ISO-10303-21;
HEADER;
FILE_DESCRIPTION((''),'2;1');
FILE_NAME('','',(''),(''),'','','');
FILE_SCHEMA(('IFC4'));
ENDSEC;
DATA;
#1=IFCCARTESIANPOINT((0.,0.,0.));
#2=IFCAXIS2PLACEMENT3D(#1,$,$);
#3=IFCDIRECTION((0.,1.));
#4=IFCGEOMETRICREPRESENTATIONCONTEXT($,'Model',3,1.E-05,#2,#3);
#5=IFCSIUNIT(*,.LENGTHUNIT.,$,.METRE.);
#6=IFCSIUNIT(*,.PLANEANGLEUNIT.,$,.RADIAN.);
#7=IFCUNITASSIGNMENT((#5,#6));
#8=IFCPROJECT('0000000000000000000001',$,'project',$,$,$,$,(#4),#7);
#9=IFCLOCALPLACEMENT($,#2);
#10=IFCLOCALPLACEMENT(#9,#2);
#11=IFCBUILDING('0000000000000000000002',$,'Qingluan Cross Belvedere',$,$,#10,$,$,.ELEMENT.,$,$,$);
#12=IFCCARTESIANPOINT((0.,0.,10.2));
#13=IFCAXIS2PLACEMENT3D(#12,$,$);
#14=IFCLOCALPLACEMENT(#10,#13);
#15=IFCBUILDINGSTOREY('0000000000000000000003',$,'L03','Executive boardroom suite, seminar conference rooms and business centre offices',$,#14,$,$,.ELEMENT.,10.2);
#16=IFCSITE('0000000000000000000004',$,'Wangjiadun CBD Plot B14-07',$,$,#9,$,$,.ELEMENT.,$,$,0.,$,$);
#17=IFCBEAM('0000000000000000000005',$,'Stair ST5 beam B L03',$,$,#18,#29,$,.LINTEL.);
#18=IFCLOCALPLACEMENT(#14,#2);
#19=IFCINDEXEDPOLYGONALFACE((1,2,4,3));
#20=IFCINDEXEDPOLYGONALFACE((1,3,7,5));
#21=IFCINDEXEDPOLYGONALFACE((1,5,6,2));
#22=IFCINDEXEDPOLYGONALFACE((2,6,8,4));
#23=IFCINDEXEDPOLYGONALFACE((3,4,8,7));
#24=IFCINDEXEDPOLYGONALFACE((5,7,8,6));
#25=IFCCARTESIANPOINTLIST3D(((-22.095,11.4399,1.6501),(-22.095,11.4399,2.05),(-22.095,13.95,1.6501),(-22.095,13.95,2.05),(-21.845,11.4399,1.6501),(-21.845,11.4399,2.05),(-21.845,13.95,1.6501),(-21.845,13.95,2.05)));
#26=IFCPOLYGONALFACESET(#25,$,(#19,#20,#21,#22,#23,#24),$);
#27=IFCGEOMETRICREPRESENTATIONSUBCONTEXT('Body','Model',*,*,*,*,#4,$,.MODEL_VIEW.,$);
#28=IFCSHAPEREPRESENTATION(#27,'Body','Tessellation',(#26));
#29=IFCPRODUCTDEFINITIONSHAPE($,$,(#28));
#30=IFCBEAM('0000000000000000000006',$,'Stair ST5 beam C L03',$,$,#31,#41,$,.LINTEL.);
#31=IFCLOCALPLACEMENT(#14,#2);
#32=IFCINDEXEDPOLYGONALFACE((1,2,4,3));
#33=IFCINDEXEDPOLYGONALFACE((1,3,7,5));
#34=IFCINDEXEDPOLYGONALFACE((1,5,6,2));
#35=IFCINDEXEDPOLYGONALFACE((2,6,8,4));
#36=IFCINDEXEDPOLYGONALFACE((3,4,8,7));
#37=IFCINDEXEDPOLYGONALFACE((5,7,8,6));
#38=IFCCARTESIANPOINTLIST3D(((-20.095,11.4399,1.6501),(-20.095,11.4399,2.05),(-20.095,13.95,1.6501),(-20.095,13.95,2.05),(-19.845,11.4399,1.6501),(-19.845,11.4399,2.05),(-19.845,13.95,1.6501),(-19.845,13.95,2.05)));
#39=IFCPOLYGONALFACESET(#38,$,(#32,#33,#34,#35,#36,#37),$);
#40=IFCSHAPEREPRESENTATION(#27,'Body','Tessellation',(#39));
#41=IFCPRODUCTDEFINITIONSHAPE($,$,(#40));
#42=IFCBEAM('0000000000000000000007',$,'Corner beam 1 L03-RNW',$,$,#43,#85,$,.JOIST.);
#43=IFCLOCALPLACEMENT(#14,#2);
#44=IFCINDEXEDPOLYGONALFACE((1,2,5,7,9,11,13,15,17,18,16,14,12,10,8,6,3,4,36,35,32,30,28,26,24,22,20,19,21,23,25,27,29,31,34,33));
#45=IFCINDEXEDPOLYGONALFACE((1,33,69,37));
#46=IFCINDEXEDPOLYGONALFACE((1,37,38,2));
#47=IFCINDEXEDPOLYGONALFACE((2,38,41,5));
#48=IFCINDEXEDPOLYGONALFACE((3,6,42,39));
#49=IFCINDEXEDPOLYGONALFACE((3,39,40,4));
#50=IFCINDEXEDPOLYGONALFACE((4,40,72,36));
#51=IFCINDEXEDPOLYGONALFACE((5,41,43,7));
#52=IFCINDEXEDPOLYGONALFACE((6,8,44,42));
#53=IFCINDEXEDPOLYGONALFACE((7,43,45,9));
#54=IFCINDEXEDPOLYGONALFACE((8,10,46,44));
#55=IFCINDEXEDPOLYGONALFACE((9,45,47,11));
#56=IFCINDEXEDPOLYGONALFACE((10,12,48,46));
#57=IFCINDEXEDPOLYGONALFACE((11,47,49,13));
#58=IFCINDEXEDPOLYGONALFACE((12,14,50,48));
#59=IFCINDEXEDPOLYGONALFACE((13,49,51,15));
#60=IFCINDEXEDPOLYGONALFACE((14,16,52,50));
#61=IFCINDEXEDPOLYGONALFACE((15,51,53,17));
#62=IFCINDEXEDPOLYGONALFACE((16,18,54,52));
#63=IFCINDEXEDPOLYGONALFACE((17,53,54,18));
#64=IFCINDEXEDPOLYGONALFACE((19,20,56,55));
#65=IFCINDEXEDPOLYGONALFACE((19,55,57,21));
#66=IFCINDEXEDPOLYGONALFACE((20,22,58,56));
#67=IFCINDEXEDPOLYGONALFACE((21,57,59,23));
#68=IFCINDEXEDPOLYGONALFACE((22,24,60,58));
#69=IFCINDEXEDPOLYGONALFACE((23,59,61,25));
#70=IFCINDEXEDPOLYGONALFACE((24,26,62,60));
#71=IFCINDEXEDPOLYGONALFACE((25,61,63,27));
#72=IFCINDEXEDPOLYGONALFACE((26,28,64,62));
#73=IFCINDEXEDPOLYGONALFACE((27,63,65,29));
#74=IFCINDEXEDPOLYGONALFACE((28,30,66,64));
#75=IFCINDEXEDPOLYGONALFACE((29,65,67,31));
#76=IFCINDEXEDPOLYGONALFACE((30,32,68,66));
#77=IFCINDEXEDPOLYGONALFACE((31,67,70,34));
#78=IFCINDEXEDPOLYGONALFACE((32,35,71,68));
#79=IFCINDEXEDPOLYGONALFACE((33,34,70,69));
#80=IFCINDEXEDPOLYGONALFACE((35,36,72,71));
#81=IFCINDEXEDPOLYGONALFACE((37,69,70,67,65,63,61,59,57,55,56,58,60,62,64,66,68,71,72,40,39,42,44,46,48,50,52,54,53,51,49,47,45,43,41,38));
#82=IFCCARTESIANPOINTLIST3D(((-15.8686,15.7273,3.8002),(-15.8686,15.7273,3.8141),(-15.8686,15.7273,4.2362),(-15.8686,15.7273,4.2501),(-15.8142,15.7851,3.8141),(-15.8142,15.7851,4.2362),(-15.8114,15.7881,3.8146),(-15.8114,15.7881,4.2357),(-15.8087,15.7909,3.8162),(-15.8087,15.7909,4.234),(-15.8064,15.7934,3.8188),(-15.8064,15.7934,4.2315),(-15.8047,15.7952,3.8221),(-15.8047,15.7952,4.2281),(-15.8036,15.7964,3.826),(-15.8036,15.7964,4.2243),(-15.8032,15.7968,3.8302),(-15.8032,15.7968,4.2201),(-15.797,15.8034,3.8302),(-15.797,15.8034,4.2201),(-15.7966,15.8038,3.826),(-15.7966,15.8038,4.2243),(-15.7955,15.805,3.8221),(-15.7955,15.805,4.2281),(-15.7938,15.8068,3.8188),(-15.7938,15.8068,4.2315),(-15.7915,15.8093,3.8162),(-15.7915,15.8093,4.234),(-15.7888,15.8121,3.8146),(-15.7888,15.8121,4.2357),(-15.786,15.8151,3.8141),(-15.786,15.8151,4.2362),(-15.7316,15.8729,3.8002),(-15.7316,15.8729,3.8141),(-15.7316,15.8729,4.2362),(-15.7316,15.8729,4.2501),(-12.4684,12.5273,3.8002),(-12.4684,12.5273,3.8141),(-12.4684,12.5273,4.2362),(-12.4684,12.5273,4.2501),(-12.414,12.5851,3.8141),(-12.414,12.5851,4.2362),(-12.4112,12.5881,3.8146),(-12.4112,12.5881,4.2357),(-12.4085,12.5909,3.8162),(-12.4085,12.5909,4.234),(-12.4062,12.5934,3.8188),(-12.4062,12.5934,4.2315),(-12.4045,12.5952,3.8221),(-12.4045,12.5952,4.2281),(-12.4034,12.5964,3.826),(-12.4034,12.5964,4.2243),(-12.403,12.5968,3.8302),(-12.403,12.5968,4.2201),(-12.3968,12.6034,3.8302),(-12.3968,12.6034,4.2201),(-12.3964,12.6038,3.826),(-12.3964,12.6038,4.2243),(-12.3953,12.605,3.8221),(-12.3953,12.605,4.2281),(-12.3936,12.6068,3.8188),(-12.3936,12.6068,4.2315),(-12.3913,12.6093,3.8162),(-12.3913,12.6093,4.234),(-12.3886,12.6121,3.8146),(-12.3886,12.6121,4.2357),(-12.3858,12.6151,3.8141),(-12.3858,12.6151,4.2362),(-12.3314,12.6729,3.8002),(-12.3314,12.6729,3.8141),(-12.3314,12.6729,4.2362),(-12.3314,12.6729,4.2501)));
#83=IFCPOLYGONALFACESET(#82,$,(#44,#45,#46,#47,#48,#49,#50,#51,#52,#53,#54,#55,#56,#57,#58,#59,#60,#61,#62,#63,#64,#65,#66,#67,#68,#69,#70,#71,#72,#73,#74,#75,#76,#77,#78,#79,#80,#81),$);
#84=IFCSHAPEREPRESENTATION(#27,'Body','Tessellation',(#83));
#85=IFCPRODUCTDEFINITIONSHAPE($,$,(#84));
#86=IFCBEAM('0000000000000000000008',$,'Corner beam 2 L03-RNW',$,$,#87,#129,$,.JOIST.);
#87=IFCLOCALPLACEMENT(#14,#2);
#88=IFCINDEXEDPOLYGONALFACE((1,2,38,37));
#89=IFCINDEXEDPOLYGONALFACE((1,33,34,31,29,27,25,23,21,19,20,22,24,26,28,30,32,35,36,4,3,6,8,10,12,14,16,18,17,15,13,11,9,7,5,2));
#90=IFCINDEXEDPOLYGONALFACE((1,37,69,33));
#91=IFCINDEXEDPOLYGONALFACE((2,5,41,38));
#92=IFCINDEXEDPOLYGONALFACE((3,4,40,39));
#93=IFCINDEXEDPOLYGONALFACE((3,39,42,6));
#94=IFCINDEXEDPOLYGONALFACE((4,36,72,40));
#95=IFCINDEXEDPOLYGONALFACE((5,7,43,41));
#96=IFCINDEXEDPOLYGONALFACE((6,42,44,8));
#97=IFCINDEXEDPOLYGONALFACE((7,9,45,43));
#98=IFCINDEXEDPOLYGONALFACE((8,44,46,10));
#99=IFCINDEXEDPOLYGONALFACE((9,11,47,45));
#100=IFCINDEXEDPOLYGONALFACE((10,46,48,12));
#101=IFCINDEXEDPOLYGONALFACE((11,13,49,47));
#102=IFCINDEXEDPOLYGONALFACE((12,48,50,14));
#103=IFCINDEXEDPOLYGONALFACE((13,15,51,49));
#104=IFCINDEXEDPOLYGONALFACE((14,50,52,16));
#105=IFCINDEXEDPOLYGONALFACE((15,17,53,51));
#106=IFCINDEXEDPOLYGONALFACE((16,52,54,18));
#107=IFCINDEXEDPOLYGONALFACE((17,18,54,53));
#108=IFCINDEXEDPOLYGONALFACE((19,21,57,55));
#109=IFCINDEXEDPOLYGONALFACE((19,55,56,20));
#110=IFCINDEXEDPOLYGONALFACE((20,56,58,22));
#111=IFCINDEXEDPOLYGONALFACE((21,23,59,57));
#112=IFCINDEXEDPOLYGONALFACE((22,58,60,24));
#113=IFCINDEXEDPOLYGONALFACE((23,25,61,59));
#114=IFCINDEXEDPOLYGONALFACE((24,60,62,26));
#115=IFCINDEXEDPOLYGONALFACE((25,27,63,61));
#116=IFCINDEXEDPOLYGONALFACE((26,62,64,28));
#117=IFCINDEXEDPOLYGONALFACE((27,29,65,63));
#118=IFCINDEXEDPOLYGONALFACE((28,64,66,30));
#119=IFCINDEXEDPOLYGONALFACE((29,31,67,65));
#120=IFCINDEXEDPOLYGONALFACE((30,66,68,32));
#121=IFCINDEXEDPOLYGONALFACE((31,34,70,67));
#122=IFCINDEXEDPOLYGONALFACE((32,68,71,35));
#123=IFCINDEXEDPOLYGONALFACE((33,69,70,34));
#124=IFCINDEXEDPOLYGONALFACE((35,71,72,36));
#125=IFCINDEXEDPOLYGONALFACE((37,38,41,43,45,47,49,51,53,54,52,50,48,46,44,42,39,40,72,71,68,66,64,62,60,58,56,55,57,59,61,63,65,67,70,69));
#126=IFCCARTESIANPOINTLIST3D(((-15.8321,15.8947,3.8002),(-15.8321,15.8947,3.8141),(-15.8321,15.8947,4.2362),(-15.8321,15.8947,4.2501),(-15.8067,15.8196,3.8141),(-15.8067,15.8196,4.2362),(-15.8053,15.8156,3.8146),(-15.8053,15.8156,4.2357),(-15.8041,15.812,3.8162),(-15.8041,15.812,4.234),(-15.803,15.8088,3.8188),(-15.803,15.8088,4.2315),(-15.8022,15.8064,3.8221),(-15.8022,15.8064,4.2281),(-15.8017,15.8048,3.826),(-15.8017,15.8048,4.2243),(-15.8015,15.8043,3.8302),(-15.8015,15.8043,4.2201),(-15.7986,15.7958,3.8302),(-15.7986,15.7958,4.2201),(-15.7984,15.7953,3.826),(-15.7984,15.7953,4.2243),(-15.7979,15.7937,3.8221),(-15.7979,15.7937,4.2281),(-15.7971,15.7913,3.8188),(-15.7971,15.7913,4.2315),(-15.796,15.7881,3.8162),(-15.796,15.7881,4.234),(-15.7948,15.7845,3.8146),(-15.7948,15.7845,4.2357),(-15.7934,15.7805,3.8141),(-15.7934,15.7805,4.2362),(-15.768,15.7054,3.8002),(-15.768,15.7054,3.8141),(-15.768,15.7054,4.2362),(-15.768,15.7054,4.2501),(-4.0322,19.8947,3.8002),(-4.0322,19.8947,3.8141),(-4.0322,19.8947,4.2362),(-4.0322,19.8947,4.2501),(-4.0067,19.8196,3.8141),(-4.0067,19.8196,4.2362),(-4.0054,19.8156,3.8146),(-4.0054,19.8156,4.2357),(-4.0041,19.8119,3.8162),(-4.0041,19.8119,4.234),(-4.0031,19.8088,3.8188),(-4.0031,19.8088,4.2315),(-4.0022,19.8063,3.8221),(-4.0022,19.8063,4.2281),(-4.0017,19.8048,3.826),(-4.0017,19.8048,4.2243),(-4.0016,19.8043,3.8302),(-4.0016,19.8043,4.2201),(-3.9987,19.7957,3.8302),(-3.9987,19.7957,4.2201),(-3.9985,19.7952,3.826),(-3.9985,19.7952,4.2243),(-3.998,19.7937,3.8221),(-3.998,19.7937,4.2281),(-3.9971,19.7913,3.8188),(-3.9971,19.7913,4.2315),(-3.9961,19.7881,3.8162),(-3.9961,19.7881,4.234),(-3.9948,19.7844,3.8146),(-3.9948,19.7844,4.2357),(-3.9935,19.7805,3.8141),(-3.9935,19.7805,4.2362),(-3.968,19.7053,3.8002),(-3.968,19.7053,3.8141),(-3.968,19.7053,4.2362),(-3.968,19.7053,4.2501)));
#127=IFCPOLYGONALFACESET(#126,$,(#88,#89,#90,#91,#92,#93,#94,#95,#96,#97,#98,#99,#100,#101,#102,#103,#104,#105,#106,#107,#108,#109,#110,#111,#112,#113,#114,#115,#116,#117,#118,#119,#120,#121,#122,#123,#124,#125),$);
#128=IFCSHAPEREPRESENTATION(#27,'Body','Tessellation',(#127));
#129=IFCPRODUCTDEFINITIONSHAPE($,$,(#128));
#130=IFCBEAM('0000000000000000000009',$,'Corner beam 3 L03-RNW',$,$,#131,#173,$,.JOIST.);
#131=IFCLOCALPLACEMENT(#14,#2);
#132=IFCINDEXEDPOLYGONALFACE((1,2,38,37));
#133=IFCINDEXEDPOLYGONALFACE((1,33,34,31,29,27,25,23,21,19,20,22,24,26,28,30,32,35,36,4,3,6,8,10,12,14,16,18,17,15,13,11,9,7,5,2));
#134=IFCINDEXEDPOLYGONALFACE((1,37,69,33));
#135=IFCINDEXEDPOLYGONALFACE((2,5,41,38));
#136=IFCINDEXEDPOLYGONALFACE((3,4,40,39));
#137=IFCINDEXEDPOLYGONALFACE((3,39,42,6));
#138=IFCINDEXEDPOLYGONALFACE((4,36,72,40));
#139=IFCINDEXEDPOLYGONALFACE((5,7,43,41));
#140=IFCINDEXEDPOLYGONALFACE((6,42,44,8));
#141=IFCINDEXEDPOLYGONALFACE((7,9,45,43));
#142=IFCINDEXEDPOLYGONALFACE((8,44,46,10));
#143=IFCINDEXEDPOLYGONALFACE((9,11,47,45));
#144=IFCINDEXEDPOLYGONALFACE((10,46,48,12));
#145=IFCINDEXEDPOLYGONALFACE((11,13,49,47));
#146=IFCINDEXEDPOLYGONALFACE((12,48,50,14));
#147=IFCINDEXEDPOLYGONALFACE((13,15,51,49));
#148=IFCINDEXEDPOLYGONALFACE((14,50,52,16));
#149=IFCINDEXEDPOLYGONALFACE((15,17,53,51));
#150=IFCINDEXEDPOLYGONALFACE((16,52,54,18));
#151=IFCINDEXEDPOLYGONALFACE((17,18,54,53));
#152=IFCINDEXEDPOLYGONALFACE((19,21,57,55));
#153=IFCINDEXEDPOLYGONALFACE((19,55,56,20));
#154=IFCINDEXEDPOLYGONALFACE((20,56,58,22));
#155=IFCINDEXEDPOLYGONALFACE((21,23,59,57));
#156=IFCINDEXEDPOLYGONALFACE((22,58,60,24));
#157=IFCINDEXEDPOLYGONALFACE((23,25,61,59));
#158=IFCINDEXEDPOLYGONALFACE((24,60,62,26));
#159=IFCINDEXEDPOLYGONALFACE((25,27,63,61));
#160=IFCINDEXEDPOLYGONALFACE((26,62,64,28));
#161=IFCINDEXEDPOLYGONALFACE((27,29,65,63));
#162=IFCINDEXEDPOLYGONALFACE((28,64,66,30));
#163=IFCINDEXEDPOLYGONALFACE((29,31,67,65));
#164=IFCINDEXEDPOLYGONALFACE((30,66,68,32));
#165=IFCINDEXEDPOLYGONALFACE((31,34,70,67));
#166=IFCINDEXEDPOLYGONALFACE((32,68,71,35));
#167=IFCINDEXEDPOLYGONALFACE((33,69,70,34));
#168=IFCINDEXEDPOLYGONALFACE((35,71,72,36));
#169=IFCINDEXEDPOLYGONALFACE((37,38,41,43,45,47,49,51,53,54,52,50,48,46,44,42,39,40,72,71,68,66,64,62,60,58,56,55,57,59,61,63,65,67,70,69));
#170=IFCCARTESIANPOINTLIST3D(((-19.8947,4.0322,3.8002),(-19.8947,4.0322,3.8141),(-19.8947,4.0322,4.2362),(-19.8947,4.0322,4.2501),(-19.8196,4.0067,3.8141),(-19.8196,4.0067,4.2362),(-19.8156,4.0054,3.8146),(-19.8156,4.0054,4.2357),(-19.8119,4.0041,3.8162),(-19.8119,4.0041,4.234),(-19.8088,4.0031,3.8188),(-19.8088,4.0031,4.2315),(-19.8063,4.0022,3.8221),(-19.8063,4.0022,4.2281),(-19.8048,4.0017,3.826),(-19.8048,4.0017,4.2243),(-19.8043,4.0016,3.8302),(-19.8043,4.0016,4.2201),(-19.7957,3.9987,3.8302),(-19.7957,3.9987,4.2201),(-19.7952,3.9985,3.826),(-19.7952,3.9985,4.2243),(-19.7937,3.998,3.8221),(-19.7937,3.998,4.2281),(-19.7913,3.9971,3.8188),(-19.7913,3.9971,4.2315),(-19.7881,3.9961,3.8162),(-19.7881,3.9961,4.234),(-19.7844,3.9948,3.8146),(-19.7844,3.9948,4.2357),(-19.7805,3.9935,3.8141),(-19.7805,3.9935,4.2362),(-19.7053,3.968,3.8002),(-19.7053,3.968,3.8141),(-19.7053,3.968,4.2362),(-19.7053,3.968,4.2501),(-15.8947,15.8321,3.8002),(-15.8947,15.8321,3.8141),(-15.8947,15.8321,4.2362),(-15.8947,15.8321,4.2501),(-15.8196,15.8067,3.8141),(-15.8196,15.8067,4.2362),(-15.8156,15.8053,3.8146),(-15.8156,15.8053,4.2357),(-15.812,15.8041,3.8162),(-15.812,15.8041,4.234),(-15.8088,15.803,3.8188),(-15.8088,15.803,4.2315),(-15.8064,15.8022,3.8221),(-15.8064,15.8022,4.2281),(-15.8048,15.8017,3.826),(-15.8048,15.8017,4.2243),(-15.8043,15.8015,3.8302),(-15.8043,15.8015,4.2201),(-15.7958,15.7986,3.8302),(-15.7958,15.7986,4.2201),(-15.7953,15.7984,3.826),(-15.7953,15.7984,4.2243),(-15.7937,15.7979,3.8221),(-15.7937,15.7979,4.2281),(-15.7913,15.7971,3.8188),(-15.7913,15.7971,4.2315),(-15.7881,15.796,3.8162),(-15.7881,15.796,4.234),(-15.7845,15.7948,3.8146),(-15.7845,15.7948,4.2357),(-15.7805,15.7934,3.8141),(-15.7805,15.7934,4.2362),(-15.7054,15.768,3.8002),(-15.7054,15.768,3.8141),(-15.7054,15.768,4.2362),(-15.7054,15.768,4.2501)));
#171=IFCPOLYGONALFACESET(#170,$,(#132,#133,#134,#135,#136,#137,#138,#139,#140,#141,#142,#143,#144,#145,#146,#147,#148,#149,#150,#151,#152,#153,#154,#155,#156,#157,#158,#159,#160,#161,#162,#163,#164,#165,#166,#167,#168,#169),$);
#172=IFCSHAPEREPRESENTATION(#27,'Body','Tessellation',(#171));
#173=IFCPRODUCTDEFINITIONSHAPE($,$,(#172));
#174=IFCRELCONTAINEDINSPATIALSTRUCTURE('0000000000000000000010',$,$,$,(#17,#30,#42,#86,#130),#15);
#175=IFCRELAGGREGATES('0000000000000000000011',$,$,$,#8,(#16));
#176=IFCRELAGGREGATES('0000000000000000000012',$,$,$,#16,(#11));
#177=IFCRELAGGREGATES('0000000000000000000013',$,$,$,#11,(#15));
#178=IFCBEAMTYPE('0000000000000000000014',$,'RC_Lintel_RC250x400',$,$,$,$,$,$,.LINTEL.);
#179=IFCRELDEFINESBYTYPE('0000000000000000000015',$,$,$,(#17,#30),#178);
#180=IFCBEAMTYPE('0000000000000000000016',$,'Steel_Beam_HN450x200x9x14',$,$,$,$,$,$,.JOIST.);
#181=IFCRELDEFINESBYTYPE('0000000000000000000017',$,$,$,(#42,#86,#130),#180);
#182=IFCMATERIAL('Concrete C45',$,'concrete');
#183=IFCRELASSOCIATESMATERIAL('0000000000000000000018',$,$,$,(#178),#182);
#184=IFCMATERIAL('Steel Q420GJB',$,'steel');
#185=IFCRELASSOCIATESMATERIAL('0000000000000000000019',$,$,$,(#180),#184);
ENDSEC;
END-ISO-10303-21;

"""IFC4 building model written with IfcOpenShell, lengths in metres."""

from ifc_helpers import new_model, si_unit, direction, frame, origin, origin_2d, place, context, subcontext, project, spatial, rectangle, i_section, extrude, material, material_profile, profile_set, type_object, element, save


model = new_model("IFC4")

# Units and contexts
model_context = context("Model", 3, precision=1e-05, world=origin(), true_north=direction((0.0, 1.0)))
body_context = subcontext(model_context, "Body", "Model", "MODEL_VIEW")
ifc_project = project(units=[si_unit("LENGTHUNIT", "METRE"), si_unit("PLANEANGLEUNIT", "RADIAN")], contexts=[model_context])

# Site, building, storey
site_placement = place(None, origin())
site = spatial("IfcSite", under=ifc_project, at=site_placement, Name="Wangjiadun CBD Plot B14-07", CompositionType="ELEMENT", RefElevation=0.0)
building_placement = place(site_placement, origin())
building = spatial("IfcBuilding", under=site, at=building_placement, Name="Qingluan Cross Belvedere", CompositionType="ELEMENT")
storey_placement = place(building_placement, frame((0.0, 0.0, 10.2)))
storey = spatial("IfcBuildingStorey", under=building, at=storey_placement, Name="L03", Description="Executive boardroom suite, seminar conference rooms and business centre offices", CompositionType="ELEMENT", Elevation=10.2)

# Beams
ifc_material_1 = material(Name="Concrete C45", Category="concrete")
ifc_material_profile_1 = material_profile(ifc_material_1, rectangle(XDim=0.25, YDim=0.3999, at=origin_2d()), Name="RC250x400")
ifc_profile_set_1 = profile_set([ifc_material_profile_1], Name="Concrete C45")
beam_type_1 = type_object("IfcBeamType", Name="RC_Lintel_RC250x400", PredefinedType="LINTEL", material=ifc_profile_set_1)
for number, where, z_axis, x_axis, name in (
    (1, (-21.97, 13.95, 1.8501), (0.0, -1.0, 0.0), (1.0, 0.0, 0.0), "Stair ST5 beam B L03"),
    (2, (-19.97, 13.95, 1.8501), (0.0, -1.0, 0.0), (1.0, 0.0, 0.0), "Stair ST5 beam C L03"),
):
    element("IfcBeam", number, at=place(storey_placement, frame(where, z_axis=z_axis, x_axis=x_axis)), inside=storey, type_object=beam_type_1, Name=name, PredefinedType="LINTEL", context=body_context, shape_type="SweptSolid", body=[
        extrude(rectangle(XDim=0.25, YDim=0.3999, at=origin_2d()), origin(), (0.0, 0.0, 1.0), 2.51),
    ])
ifc_material_2 = material(Name="Steel Q420GJB", Category="steel")
ifc_material_profile_2 = material_profile(ifc_material_2, i_section(OverallWidth=0.2, OverallDepth=0.45, WebThickness=0.009, FlangeThickness=0.0139, FilletRadius=0.0161, at=origin_2d()), Name="HN450x200x9x14")
ifc_profile_set_2 = profile_set([ifc_material_profile_2], Name="Steel Q420GJB")
beam_type_2 = type_object("IfcBeamType", Name="Steel_Beam_HN450x200x9x14", PredefinedType="JOIST", material=ifc_profile_set_2)
beam_1_placement = place(storey_placement, frame((-12.3999, 12.6001, 4.0251), z_axis=(-0.72822, 0.685343, 0.0), x_axis=(-0.685343, -0.72822, 0.0)))
element("IfcBeam", 3, at=beam_1_placement, inside=storey, type_object=beam_type_2, Name="Corner beam 1 L03-RNW", PredefinedType="JOIST", context=body_context, shape_type="SweptSolid", body=[
    extrude(i_section(OverallWidth=0.2, OverallDepth=0.45, WebThickness=0.009, FlangeThickness=0.0139, FilletRadius=0.0161, at=origin_2d()), origin(), (0.0, 0.0, 1.0), 4.6692),
])
for number, where, z_axis, x_axis, name in (
    (4, (-15.8, 15.8, 4.0251), (0.947066, 0.321038, 0.0), (-0.321038, 0.947066, 0.0), "Corner beam 2 L03-RNW"),
    (5, (-15.8, 15.8, 4.0251), (-0.321038, -0.947066, 0.0), (0.947066, -0.321038, 0.0), "Corner beam 3 L03-RNW"),
):
    element("IfcBeam", number, at=place(storey_placement, frame(where, z_axis=z_axis, x_axis=x_axis)), inside=storey, type_object=beam_type_2, Name=name, PredefinedType="JOIST", context=body_context, shape_type="SweptSolid", body=[
        extrude(i_section(OverallWidth=0.2, OverallDepth=0.45, WebThickness=0.009, FlangeThickness=0.0139, FilletRadius=0.0161, at=origin_2d()), origin(), (0.0, 0.0, 1.0), 12.4595),
    ])

save(model, "model.ifc")
